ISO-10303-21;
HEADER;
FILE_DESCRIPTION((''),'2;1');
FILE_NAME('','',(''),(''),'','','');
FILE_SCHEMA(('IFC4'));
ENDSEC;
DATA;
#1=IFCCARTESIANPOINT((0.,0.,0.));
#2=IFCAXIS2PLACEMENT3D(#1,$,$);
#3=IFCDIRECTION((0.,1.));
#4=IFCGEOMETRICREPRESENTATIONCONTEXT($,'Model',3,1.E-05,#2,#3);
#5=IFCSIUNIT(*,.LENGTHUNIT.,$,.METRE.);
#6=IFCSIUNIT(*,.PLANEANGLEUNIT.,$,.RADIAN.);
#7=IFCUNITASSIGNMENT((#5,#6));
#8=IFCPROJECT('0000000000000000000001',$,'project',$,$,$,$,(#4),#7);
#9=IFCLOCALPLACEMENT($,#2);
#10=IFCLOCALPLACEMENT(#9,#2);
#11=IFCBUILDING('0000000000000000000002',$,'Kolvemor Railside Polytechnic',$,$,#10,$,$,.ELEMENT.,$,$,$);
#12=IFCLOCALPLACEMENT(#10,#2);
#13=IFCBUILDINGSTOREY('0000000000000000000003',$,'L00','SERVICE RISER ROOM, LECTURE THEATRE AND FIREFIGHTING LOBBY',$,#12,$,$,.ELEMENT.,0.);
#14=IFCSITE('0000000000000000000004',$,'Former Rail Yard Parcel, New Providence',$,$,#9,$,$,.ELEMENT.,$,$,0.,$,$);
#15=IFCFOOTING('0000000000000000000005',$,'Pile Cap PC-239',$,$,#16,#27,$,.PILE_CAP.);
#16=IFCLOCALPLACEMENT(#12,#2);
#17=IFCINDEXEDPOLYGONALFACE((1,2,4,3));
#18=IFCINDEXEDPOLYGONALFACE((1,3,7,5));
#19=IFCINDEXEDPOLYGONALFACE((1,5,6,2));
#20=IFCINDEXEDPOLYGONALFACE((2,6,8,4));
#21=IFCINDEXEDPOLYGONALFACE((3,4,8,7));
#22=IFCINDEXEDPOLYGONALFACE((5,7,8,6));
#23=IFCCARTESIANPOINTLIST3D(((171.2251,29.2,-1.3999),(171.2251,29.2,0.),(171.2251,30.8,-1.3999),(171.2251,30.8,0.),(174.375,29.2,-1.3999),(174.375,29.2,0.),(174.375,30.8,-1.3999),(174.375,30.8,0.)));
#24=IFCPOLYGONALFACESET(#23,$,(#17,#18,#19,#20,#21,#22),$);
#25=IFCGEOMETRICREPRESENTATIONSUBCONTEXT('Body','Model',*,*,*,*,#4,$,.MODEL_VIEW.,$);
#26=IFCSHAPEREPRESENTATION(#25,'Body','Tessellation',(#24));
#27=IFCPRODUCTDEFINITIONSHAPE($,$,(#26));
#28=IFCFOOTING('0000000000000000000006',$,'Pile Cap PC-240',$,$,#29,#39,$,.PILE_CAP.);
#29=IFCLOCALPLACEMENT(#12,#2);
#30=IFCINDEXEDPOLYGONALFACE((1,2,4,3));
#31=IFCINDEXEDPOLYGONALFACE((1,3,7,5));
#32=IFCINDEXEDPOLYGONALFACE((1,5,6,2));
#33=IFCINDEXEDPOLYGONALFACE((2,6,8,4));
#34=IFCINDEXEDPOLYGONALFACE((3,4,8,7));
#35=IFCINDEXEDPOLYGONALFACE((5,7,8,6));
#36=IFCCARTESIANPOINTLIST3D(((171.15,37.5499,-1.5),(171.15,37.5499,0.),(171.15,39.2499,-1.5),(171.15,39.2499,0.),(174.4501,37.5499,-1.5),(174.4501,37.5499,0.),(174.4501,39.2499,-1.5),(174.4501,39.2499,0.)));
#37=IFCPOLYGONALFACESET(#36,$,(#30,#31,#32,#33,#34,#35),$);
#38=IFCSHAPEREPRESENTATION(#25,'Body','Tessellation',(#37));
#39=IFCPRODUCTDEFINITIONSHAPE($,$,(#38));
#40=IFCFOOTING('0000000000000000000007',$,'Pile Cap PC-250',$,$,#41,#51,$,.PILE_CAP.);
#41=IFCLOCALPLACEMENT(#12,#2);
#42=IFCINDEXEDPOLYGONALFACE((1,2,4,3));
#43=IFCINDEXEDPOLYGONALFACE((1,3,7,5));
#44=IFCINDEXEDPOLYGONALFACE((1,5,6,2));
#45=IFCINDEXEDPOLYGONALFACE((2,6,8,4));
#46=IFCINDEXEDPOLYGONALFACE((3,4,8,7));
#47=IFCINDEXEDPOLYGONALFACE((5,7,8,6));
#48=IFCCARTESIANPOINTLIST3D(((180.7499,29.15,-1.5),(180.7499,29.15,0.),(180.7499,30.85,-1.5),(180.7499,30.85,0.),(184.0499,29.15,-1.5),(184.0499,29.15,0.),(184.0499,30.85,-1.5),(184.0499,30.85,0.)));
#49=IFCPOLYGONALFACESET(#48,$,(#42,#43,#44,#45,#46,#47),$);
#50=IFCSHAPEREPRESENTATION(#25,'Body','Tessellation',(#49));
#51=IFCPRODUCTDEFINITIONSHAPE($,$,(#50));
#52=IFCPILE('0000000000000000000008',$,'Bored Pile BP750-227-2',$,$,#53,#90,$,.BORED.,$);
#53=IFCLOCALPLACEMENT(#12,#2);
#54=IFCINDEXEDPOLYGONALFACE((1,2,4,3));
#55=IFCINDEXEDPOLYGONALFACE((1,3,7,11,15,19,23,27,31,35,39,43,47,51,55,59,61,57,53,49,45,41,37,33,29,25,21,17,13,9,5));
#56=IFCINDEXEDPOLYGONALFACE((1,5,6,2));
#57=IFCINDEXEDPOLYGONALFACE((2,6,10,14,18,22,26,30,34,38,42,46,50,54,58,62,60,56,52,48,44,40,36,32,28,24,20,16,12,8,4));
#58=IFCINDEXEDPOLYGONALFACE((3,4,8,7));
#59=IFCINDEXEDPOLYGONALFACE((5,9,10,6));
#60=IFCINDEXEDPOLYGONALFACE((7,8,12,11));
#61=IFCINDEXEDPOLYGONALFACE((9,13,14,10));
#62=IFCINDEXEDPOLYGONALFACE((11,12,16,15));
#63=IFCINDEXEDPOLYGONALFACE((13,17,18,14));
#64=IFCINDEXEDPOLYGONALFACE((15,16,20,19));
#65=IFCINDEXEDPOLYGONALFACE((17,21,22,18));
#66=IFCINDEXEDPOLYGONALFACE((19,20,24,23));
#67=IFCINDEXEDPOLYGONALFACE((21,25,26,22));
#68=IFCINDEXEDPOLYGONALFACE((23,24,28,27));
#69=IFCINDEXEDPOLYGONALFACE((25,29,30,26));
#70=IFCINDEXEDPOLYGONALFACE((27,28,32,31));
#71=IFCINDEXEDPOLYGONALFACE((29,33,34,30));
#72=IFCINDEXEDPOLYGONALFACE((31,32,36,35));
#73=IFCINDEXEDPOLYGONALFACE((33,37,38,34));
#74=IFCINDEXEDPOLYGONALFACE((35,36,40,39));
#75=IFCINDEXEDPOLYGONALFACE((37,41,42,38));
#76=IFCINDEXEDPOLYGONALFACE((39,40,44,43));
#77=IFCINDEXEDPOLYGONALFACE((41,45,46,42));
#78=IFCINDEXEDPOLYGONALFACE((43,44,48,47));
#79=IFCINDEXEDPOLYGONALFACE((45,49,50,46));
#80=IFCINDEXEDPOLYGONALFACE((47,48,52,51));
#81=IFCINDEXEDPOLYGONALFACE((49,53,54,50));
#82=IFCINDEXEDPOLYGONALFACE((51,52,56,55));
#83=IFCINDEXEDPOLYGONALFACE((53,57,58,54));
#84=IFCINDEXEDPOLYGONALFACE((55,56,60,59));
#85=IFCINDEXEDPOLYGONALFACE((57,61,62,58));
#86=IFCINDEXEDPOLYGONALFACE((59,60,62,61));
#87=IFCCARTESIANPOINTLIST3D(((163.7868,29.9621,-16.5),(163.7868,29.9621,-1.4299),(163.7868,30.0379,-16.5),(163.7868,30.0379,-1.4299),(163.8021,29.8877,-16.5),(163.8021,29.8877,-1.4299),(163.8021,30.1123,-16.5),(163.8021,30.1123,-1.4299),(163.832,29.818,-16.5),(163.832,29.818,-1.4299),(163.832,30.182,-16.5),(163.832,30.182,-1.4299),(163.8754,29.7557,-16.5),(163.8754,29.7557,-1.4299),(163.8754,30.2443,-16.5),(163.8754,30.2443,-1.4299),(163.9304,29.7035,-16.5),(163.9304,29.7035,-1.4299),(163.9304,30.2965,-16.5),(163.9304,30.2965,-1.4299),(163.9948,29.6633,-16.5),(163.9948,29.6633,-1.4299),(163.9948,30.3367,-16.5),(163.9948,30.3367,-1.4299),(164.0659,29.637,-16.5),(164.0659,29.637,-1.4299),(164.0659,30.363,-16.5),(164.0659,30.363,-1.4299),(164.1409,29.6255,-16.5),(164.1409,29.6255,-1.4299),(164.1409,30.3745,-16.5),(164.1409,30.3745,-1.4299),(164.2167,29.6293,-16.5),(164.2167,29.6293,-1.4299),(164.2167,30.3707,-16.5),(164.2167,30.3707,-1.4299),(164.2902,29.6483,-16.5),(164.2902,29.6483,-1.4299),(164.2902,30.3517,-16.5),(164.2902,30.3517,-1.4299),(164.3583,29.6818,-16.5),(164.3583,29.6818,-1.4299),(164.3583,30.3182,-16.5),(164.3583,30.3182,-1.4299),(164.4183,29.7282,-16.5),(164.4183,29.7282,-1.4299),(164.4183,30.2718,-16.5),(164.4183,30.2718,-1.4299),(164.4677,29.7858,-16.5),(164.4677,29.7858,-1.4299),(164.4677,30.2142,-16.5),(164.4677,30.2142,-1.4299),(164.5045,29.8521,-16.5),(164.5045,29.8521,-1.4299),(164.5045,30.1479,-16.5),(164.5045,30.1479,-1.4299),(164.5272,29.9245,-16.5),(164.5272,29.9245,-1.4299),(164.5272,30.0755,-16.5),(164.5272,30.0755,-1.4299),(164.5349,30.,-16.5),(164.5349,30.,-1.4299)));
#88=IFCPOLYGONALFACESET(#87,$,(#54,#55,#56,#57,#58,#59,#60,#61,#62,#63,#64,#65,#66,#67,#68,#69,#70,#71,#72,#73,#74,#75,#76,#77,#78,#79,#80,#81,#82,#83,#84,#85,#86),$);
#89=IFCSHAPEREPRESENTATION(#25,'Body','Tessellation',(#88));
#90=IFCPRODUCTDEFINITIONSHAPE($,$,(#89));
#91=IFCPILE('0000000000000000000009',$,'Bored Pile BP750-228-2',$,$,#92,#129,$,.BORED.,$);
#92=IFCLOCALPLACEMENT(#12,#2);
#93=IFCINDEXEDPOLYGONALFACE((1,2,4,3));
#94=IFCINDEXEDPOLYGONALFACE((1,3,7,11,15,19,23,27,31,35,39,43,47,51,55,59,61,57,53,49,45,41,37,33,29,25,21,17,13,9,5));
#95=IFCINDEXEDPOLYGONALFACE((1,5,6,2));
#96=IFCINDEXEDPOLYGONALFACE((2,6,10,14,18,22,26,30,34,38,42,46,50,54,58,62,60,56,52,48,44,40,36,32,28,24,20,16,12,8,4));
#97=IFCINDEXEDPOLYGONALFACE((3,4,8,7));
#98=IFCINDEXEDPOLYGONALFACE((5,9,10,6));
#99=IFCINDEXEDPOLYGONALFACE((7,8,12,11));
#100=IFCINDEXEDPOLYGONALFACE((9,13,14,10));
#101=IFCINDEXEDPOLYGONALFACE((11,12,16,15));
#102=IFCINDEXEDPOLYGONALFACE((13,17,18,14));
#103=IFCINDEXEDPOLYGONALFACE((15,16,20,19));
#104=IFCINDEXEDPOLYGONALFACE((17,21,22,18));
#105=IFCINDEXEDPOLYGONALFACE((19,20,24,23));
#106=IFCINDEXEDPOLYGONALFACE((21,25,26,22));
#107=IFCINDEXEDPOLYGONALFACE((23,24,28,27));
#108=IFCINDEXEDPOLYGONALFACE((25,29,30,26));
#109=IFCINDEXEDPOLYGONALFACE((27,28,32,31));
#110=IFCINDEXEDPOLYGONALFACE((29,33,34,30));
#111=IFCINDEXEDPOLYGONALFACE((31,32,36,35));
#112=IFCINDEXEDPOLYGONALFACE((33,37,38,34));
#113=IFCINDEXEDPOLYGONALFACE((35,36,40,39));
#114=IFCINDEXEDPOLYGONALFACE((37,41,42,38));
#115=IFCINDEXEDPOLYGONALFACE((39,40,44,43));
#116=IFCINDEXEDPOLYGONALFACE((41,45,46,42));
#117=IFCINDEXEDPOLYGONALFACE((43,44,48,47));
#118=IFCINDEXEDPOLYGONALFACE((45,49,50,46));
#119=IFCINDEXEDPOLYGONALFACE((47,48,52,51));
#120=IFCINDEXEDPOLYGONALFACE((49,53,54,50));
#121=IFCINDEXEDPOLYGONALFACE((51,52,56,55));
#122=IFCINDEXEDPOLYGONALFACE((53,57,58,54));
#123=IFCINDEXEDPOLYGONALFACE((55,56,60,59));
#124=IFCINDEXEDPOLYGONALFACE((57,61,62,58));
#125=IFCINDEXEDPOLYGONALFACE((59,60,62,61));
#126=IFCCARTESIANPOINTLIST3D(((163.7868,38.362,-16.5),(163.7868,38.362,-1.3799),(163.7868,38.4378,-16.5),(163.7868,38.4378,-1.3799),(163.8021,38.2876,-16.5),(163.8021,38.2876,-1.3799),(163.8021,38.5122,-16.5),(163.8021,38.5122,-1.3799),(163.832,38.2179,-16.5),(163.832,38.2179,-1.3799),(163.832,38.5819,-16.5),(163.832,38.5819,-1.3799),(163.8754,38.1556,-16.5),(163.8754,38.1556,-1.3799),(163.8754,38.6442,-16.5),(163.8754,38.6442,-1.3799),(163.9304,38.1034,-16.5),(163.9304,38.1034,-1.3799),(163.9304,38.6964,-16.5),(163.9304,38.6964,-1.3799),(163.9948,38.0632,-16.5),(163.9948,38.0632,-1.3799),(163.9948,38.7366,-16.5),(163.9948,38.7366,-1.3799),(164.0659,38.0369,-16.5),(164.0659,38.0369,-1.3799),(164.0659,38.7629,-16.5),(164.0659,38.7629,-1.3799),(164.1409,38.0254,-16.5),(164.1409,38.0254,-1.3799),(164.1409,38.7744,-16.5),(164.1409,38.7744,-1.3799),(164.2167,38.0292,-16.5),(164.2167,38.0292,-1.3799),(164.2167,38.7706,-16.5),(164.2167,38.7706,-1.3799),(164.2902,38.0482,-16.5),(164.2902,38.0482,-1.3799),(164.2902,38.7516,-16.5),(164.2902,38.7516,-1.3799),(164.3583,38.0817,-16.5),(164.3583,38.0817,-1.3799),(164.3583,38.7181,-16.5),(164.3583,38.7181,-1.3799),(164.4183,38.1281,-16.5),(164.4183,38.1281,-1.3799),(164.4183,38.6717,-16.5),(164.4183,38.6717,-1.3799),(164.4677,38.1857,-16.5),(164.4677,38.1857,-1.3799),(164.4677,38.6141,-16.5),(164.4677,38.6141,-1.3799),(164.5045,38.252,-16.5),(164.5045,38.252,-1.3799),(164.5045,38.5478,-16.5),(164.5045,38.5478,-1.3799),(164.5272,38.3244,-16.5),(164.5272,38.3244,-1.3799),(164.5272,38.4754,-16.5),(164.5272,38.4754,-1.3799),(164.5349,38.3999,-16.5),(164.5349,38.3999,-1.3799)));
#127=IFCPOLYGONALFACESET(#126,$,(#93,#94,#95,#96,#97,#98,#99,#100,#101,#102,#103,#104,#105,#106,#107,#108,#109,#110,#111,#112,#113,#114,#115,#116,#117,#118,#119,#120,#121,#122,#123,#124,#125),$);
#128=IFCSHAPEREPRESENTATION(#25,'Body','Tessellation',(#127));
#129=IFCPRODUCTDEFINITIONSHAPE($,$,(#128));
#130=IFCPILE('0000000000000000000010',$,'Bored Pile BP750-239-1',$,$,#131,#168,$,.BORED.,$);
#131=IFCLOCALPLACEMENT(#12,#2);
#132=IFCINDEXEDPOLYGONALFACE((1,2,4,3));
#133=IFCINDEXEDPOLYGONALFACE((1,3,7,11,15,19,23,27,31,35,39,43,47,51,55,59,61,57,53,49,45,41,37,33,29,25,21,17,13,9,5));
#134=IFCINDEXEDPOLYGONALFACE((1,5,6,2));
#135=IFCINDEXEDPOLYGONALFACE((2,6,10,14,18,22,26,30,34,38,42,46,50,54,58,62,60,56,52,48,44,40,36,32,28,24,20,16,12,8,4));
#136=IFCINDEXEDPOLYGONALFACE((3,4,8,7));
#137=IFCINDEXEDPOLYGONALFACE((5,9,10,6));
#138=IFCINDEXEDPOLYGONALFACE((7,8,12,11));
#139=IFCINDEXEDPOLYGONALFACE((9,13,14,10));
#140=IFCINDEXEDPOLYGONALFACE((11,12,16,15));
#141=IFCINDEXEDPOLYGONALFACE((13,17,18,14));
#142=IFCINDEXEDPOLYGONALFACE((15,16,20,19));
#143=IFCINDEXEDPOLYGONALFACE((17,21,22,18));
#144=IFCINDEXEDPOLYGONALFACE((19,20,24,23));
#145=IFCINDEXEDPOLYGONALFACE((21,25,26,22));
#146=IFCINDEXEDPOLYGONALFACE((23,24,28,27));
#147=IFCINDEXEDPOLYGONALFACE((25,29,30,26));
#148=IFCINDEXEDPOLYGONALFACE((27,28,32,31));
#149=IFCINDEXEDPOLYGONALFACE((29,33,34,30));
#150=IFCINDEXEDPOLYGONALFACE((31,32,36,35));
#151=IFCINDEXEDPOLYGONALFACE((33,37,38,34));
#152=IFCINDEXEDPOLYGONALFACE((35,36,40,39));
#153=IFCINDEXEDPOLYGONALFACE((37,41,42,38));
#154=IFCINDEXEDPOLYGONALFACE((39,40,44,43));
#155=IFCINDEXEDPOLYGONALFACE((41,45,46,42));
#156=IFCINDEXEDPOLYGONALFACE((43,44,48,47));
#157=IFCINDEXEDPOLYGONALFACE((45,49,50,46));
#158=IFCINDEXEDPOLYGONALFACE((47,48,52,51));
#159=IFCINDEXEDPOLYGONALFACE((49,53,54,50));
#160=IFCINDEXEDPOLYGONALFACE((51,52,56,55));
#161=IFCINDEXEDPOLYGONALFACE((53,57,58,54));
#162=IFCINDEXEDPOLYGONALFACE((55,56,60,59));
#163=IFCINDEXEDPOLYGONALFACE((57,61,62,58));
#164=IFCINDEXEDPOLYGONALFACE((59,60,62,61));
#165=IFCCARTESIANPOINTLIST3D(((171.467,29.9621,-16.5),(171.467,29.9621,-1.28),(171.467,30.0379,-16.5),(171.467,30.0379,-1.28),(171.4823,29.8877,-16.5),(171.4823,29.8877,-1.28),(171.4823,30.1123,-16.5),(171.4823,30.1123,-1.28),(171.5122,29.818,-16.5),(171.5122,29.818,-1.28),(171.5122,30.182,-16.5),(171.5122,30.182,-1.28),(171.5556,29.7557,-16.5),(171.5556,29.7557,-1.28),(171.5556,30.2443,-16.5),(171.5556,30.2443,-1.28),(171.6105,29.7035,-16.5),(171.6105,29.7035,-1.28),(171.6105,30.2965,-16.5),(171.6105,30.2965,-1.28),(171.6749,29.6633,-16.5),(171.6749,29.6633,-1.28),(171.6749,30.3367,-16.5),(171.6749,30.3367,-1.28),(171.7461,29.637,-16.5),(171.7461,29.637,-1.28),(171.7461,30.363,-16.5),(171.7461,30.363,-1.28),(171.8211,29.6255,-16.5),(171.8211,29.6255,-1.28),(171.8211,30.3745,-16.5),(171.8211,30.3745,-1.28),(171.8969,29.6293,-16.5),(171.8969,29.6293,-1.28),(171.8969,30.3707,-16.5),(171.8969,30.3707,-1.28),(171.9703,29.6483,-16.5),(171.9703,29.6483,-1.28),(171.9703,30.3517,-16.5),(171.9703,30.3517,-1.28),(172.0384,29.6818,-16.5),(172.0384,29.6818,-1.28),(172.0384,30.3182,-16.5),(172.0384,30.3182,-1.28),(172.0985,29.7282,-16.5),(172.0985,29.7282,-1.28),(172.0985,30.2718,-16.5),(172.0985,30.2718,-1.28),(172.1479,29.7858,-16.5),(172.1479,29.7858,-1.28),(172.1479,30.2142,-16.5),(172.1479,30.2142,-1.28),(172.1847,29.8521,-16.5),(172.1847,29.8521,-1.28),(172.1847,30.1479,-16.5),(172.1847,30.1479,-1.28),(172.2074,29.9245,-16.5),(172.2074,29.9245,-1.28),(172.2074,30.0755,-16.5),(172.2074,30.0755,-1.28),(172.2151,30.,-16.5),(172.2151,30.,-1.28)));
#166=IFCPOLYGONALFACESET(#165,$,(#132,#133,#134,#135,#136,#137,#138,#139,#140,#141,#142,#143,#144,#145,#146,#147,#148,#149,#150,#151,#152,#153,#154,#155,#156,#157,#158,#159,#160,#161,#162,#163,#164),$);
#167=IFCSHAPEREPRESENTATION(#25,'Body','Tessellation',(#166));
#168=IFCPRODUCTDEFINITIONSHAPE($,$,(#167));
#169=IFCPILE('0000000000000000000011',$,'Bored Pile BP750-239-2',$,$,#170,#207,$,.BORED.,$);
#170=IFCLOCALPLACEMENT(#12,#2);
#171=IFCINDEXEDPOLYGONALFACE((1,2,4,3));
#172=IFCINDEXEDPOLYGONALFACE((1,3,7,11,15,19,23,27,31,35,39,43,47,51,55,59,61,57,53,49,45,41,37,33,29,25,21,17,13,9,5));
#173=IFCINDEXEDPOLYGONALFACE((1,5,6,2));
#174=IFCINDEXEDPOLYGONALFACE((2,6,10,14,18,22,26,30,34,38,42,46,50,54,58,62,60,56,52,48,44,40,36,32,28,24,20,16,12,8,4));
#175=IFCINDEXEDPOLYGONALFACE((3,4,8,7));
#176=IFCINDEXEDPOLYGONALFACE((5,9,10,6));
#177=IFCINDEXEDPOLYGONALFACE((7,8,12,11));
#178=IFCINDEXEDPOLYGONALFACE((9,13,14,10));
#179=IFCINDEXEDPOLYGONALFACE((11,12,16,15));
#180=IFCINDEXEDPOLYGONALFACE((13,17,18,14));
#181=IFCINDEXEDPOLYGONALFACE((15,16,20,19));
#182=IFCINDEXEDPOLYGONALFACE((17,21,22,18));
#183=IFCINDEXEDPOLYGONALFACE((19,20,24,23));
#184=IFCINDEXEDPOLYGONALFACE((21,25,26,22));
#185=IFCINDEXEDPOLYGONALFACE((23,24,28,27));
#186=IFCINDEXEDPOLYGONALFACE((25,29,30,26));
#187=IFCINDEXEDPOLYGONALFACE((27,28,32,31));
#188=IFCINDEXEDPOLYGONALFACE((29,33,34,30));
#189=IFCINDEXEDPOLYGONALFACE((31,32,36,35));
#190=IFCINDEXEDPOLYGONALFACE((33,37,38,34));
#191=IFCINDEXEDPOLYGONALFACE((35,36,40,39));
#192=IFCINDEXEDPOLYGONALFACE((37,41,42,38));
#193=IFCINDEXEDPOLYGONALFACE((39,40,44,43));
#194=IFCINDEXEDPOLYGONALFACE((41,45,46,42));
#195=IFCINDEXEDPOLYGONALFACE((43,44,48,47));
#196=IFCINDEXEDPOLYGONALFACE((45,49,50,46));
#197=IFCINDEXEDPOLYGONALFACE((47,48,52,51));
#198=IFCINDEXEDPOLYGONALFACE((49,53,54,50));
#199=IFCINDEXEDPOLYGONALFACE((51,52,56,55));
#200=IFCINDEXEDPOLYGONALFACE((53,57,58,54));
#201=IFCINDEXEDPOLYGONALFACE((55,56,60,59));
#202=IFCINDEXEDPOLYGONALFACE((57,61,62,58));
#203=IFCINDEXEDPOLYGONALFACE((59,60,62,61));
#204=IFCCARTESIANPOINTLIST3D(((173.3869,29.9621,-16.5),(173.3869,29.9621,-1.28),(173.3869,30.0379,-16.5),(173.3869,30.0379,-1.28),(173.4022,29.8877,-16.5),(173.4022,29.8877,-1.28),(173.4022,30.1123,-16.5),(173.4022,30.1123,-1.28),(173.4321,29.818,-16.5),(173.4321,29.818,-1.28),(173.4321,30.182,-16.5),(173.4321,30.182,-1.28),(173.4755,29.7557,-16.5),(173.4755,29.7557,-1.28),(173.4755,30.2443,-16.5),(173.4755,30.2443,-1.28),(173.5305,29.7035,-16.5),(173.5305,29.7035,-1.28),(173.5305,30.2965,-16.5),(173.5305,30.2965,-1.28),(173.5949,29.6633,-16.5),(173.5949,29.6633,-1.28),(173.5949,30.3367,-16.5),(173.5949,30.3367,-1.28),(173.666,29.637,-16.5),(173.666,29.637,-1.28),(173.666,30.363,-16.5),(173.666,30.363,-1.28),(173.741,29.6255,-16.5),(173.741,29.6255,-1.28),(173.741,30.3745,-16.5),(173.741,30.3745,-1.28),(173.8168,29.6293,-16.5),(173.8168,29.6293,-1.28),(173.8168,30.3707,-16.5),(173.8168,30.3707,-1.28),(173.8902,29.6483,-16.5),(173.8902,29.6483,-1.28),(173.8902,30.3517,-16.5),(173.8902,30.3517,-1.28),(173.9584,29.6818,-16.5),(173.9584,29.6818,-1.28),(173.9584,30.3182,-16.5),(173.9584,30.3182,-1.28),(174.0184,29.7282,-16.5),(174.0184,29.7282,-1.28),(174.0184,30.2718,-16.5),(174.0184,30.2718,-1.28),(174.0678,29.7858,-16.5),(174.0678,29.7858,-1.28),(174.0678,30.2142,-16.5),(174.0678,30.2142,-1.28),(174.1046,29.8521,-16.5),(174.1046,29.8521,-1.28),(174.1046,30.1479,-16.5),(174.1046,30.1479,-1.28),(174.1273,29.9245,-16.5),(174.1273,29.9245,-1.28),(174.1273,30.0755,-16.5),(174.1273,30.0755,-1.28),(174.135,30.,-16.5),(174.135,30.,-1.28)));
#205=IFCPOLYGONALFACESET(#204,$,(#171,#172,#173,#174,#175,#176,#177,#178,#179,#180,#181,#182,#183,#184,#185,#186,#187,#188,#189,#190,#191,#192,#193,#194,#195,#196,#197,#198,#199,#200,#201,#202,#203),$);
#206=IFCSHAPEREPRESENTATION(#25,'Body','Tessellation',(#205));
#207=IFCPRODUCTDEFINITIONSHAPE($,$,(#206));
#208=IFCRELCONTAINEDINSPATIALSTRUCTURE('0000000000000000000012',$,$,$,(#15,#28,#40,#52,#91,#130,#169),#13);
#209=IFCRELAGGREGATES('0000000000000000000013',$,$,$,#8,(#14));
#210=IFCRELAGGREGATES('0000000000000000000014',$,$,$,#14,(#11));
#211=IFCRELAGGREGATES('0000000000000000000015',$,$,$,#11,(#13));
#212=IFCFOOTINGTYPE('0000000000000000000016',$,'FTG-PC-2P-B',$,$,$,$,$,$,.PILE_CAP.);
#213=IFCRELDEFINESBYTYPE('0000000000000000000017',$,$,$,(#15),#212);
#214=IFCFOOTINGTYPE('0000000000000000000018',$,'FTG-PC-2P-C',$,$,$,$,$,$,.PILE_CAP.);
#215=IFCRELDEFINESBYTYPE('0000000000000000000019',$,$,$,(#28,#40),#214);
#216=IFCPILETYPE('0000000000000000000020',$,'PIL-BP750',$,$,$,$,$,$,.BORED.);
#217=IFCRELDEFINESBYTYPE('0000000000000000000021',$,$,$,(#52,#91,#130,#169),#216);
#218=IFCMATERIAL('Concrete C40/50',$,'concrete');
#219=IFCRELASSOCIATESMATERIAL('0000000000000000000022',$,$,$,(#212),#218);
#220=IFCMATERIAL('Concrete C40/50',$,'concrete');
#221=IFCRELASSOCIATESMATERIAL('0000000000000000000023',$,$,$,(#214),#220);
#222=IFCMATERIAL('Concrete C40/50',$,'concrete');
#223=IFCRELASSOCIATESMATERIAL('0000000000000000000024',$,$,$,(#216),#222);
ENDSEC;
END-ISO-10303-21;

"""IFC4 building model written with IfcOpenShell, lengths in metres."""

from ifc_helpers import new_model, si_unit, direction, frame, origin, origin_2d, place, context, subcontext, project, spatial, rectangle, circle, extrude, material, material_profile, profile_set, type_object, element, save


model = new_model("IFC4")

# Units and contexts
model_context = context("Model", 3, precision=1e-05, world=origin(), true_north=direction((0.0, 1.0)))
body_context = subcontext(model_context, "Body", "Model", "MODEL_VIEW")
ifc_project = project(units=[si_unit("LENGTHUNIT", "METRE"), si_unit("PLANEANGLEUNIT", "RADIAN")], contexts=[model_context])

# Site, building, storey
site_placement = place(None, origin())
site = spatial("IfcSite", under=ifc_project, at=site_placement, Name="Former Rail Yard Parcel, New Providence", CompositionType="ELEMENT", RefElevation=0.0)
building_placement = place(site_placement, origin())
building = spatial("IfcBuilding", under=site, at=building_placement, Name="Kolvemor Railside Polytechnic", CompositionType="ELEMENT")
storey_placement = place(building_placement, origin())
storey = spatial("IfcBuildingStorey", under=building, at=storey_placement, Name="L00", Description="SERVICE RISER ROOM, LECTURE THEATRE AND FIREFIGHTING LOBBY", CompositionType="ELEMENT", Elevation=0.0)

# Footings
ifc_material_1 = material(Name="Concrete C40/50", Category="concrete")
footing_type_1 = type_object("IfcFootingType", Name="FTG-PC-2P-B", PredefinedType="PILE_CAP", material=ifc_material_1)
footing_placement = place(storey_placement, frame((172.8, 30.0, -1.3999), z_axis=(0.0, 0.0, 1.0), x_axis=(1.0, 0.0, 0.0)))
element("IfcFooting", 1, at=footing_placement, inside=storey, type_object=footing_type_1, Name="Pile Cap PC-239", PredefinedType="PILE_CAP", context=body_context, shape_type="SweptSolid", body=[
    extrude(rectangle(XDim=3.1499, YDim=1.6001, at=origin_2d()), origin(), (0.0, 0.0, 1.0), 1.3999),
])
ifc_material_2 = material(Name="Concrete C40/50", Category="concrete")
footing_type_2 = type_object("IfcFootingType", Name="FTG-PC-2P-C", PredefinedType="PILE_CAP", material=ifc_material_2)
for number, where, z_axis, x_axis, name in (
    (2, (172.8, 38.3999, -1.5), (0.0, 0.0, 1.0), (1.0, 0.0, 0.0), "Pile Cap PC-240"),
    (3, (182.3999, 30.0, -1.5), (0.0, 0.0, 1.0), (1.0, 0.0, 0.0), "Pile Cap PC-250"),
):
    element("IfcFooting", number, at=place(storey_placement, frame(where, z_axis=z_axis, x_axis=x_axis)), inside=storey, type_object=footing_type_2, Name=name, PredefinedType="PILE_CAP", context=body_context, shape_type="SweptSolid", body=[
        extrude(rectangle(XDim=3.3, YDim=1.7, at=origin_2d()), origin(), (0.0, 0.0, 1.0), 1.5),
    ])

# Piles
ifc_material_3 = material(Name="Concrete C40/50", Category="concrete")
ifc_material_profile_1 = material_profile(ifc_material_3, circle(Radius=0.375, at=origin_2d()), Name="BP750")
ifc_profile_set_1 = profile_set([ifc_material_profile_1], Name="Concrete C40/50")
pile_type = type_object("IfcPileType", Name="PIL-BP750", PredefinedType="BORED", material=ifc_profile_set_1)
pile_1_placement = place(storey_placement, frame((164.1599, 30.0, -1.4299), z_axis=(0.0, 0.0, -1.0), x_axis=(1.0, 0.0, 0.0)))
element("IfcPile", 4, at=pile_1_placement, inside=storey, type_object=pile_type, Name="Bored Pile BP750-227-2", PredefinedType="BORED", context=body_context, shape_type="SweptSolid", body=[
    extrude(circle(Radius=0.375, at=origin_2d()), origin(), (0.0, 0.0, 1.0), 15.0701),
])
pile_2_placement = place(storey_placement, frame((164.1599, 38.3999, -1.3799), z_axis=(0.0, 0.0, -1.0), x_axis=(1.0, 0.0, 0.0)))
element("IfcPile", 5, at=pile_2_placement, inside=storey, type_object=pile_type, Name="Bored Pile BP750-228-2", PredefinedType="BORED", context=body_context, shape_type="SweptSolid", body=[
    extrude(circle(Radius=0.375, at=origin_2d()), origin(), (0.0, 0.0, 1.0), 15.1201),
])
for number, where, z_axis, x_axis, name in (
    (6, (171.8401, 30.0, -1.28), (0.0, 0.0, -1.0), (1.0, 0.0, 0.0), "Bored Pile BP750-239-1"),
    (7, (173.76, 30.0, -1.28), (0.0, 0.0, -1.0), (1.0, 0.0, 0.0), "Bored Pile BP750-239-2"),
):
    element("IfcPile", number, at=place(storey_placement, frame(where, z_axis=z_axis, x_axis=x_axis)), inside=storey, type_object=pile_type, Name=name, PredefinedType="BORED", context=body_context, shape_type="SweptSolid", body=[
        extrude(circle(Radius=0.375, at=origin_2d()), origin(), (0.0, 0.0, 1.0), 15.22),
    ])

save(model, "model.ifc")
